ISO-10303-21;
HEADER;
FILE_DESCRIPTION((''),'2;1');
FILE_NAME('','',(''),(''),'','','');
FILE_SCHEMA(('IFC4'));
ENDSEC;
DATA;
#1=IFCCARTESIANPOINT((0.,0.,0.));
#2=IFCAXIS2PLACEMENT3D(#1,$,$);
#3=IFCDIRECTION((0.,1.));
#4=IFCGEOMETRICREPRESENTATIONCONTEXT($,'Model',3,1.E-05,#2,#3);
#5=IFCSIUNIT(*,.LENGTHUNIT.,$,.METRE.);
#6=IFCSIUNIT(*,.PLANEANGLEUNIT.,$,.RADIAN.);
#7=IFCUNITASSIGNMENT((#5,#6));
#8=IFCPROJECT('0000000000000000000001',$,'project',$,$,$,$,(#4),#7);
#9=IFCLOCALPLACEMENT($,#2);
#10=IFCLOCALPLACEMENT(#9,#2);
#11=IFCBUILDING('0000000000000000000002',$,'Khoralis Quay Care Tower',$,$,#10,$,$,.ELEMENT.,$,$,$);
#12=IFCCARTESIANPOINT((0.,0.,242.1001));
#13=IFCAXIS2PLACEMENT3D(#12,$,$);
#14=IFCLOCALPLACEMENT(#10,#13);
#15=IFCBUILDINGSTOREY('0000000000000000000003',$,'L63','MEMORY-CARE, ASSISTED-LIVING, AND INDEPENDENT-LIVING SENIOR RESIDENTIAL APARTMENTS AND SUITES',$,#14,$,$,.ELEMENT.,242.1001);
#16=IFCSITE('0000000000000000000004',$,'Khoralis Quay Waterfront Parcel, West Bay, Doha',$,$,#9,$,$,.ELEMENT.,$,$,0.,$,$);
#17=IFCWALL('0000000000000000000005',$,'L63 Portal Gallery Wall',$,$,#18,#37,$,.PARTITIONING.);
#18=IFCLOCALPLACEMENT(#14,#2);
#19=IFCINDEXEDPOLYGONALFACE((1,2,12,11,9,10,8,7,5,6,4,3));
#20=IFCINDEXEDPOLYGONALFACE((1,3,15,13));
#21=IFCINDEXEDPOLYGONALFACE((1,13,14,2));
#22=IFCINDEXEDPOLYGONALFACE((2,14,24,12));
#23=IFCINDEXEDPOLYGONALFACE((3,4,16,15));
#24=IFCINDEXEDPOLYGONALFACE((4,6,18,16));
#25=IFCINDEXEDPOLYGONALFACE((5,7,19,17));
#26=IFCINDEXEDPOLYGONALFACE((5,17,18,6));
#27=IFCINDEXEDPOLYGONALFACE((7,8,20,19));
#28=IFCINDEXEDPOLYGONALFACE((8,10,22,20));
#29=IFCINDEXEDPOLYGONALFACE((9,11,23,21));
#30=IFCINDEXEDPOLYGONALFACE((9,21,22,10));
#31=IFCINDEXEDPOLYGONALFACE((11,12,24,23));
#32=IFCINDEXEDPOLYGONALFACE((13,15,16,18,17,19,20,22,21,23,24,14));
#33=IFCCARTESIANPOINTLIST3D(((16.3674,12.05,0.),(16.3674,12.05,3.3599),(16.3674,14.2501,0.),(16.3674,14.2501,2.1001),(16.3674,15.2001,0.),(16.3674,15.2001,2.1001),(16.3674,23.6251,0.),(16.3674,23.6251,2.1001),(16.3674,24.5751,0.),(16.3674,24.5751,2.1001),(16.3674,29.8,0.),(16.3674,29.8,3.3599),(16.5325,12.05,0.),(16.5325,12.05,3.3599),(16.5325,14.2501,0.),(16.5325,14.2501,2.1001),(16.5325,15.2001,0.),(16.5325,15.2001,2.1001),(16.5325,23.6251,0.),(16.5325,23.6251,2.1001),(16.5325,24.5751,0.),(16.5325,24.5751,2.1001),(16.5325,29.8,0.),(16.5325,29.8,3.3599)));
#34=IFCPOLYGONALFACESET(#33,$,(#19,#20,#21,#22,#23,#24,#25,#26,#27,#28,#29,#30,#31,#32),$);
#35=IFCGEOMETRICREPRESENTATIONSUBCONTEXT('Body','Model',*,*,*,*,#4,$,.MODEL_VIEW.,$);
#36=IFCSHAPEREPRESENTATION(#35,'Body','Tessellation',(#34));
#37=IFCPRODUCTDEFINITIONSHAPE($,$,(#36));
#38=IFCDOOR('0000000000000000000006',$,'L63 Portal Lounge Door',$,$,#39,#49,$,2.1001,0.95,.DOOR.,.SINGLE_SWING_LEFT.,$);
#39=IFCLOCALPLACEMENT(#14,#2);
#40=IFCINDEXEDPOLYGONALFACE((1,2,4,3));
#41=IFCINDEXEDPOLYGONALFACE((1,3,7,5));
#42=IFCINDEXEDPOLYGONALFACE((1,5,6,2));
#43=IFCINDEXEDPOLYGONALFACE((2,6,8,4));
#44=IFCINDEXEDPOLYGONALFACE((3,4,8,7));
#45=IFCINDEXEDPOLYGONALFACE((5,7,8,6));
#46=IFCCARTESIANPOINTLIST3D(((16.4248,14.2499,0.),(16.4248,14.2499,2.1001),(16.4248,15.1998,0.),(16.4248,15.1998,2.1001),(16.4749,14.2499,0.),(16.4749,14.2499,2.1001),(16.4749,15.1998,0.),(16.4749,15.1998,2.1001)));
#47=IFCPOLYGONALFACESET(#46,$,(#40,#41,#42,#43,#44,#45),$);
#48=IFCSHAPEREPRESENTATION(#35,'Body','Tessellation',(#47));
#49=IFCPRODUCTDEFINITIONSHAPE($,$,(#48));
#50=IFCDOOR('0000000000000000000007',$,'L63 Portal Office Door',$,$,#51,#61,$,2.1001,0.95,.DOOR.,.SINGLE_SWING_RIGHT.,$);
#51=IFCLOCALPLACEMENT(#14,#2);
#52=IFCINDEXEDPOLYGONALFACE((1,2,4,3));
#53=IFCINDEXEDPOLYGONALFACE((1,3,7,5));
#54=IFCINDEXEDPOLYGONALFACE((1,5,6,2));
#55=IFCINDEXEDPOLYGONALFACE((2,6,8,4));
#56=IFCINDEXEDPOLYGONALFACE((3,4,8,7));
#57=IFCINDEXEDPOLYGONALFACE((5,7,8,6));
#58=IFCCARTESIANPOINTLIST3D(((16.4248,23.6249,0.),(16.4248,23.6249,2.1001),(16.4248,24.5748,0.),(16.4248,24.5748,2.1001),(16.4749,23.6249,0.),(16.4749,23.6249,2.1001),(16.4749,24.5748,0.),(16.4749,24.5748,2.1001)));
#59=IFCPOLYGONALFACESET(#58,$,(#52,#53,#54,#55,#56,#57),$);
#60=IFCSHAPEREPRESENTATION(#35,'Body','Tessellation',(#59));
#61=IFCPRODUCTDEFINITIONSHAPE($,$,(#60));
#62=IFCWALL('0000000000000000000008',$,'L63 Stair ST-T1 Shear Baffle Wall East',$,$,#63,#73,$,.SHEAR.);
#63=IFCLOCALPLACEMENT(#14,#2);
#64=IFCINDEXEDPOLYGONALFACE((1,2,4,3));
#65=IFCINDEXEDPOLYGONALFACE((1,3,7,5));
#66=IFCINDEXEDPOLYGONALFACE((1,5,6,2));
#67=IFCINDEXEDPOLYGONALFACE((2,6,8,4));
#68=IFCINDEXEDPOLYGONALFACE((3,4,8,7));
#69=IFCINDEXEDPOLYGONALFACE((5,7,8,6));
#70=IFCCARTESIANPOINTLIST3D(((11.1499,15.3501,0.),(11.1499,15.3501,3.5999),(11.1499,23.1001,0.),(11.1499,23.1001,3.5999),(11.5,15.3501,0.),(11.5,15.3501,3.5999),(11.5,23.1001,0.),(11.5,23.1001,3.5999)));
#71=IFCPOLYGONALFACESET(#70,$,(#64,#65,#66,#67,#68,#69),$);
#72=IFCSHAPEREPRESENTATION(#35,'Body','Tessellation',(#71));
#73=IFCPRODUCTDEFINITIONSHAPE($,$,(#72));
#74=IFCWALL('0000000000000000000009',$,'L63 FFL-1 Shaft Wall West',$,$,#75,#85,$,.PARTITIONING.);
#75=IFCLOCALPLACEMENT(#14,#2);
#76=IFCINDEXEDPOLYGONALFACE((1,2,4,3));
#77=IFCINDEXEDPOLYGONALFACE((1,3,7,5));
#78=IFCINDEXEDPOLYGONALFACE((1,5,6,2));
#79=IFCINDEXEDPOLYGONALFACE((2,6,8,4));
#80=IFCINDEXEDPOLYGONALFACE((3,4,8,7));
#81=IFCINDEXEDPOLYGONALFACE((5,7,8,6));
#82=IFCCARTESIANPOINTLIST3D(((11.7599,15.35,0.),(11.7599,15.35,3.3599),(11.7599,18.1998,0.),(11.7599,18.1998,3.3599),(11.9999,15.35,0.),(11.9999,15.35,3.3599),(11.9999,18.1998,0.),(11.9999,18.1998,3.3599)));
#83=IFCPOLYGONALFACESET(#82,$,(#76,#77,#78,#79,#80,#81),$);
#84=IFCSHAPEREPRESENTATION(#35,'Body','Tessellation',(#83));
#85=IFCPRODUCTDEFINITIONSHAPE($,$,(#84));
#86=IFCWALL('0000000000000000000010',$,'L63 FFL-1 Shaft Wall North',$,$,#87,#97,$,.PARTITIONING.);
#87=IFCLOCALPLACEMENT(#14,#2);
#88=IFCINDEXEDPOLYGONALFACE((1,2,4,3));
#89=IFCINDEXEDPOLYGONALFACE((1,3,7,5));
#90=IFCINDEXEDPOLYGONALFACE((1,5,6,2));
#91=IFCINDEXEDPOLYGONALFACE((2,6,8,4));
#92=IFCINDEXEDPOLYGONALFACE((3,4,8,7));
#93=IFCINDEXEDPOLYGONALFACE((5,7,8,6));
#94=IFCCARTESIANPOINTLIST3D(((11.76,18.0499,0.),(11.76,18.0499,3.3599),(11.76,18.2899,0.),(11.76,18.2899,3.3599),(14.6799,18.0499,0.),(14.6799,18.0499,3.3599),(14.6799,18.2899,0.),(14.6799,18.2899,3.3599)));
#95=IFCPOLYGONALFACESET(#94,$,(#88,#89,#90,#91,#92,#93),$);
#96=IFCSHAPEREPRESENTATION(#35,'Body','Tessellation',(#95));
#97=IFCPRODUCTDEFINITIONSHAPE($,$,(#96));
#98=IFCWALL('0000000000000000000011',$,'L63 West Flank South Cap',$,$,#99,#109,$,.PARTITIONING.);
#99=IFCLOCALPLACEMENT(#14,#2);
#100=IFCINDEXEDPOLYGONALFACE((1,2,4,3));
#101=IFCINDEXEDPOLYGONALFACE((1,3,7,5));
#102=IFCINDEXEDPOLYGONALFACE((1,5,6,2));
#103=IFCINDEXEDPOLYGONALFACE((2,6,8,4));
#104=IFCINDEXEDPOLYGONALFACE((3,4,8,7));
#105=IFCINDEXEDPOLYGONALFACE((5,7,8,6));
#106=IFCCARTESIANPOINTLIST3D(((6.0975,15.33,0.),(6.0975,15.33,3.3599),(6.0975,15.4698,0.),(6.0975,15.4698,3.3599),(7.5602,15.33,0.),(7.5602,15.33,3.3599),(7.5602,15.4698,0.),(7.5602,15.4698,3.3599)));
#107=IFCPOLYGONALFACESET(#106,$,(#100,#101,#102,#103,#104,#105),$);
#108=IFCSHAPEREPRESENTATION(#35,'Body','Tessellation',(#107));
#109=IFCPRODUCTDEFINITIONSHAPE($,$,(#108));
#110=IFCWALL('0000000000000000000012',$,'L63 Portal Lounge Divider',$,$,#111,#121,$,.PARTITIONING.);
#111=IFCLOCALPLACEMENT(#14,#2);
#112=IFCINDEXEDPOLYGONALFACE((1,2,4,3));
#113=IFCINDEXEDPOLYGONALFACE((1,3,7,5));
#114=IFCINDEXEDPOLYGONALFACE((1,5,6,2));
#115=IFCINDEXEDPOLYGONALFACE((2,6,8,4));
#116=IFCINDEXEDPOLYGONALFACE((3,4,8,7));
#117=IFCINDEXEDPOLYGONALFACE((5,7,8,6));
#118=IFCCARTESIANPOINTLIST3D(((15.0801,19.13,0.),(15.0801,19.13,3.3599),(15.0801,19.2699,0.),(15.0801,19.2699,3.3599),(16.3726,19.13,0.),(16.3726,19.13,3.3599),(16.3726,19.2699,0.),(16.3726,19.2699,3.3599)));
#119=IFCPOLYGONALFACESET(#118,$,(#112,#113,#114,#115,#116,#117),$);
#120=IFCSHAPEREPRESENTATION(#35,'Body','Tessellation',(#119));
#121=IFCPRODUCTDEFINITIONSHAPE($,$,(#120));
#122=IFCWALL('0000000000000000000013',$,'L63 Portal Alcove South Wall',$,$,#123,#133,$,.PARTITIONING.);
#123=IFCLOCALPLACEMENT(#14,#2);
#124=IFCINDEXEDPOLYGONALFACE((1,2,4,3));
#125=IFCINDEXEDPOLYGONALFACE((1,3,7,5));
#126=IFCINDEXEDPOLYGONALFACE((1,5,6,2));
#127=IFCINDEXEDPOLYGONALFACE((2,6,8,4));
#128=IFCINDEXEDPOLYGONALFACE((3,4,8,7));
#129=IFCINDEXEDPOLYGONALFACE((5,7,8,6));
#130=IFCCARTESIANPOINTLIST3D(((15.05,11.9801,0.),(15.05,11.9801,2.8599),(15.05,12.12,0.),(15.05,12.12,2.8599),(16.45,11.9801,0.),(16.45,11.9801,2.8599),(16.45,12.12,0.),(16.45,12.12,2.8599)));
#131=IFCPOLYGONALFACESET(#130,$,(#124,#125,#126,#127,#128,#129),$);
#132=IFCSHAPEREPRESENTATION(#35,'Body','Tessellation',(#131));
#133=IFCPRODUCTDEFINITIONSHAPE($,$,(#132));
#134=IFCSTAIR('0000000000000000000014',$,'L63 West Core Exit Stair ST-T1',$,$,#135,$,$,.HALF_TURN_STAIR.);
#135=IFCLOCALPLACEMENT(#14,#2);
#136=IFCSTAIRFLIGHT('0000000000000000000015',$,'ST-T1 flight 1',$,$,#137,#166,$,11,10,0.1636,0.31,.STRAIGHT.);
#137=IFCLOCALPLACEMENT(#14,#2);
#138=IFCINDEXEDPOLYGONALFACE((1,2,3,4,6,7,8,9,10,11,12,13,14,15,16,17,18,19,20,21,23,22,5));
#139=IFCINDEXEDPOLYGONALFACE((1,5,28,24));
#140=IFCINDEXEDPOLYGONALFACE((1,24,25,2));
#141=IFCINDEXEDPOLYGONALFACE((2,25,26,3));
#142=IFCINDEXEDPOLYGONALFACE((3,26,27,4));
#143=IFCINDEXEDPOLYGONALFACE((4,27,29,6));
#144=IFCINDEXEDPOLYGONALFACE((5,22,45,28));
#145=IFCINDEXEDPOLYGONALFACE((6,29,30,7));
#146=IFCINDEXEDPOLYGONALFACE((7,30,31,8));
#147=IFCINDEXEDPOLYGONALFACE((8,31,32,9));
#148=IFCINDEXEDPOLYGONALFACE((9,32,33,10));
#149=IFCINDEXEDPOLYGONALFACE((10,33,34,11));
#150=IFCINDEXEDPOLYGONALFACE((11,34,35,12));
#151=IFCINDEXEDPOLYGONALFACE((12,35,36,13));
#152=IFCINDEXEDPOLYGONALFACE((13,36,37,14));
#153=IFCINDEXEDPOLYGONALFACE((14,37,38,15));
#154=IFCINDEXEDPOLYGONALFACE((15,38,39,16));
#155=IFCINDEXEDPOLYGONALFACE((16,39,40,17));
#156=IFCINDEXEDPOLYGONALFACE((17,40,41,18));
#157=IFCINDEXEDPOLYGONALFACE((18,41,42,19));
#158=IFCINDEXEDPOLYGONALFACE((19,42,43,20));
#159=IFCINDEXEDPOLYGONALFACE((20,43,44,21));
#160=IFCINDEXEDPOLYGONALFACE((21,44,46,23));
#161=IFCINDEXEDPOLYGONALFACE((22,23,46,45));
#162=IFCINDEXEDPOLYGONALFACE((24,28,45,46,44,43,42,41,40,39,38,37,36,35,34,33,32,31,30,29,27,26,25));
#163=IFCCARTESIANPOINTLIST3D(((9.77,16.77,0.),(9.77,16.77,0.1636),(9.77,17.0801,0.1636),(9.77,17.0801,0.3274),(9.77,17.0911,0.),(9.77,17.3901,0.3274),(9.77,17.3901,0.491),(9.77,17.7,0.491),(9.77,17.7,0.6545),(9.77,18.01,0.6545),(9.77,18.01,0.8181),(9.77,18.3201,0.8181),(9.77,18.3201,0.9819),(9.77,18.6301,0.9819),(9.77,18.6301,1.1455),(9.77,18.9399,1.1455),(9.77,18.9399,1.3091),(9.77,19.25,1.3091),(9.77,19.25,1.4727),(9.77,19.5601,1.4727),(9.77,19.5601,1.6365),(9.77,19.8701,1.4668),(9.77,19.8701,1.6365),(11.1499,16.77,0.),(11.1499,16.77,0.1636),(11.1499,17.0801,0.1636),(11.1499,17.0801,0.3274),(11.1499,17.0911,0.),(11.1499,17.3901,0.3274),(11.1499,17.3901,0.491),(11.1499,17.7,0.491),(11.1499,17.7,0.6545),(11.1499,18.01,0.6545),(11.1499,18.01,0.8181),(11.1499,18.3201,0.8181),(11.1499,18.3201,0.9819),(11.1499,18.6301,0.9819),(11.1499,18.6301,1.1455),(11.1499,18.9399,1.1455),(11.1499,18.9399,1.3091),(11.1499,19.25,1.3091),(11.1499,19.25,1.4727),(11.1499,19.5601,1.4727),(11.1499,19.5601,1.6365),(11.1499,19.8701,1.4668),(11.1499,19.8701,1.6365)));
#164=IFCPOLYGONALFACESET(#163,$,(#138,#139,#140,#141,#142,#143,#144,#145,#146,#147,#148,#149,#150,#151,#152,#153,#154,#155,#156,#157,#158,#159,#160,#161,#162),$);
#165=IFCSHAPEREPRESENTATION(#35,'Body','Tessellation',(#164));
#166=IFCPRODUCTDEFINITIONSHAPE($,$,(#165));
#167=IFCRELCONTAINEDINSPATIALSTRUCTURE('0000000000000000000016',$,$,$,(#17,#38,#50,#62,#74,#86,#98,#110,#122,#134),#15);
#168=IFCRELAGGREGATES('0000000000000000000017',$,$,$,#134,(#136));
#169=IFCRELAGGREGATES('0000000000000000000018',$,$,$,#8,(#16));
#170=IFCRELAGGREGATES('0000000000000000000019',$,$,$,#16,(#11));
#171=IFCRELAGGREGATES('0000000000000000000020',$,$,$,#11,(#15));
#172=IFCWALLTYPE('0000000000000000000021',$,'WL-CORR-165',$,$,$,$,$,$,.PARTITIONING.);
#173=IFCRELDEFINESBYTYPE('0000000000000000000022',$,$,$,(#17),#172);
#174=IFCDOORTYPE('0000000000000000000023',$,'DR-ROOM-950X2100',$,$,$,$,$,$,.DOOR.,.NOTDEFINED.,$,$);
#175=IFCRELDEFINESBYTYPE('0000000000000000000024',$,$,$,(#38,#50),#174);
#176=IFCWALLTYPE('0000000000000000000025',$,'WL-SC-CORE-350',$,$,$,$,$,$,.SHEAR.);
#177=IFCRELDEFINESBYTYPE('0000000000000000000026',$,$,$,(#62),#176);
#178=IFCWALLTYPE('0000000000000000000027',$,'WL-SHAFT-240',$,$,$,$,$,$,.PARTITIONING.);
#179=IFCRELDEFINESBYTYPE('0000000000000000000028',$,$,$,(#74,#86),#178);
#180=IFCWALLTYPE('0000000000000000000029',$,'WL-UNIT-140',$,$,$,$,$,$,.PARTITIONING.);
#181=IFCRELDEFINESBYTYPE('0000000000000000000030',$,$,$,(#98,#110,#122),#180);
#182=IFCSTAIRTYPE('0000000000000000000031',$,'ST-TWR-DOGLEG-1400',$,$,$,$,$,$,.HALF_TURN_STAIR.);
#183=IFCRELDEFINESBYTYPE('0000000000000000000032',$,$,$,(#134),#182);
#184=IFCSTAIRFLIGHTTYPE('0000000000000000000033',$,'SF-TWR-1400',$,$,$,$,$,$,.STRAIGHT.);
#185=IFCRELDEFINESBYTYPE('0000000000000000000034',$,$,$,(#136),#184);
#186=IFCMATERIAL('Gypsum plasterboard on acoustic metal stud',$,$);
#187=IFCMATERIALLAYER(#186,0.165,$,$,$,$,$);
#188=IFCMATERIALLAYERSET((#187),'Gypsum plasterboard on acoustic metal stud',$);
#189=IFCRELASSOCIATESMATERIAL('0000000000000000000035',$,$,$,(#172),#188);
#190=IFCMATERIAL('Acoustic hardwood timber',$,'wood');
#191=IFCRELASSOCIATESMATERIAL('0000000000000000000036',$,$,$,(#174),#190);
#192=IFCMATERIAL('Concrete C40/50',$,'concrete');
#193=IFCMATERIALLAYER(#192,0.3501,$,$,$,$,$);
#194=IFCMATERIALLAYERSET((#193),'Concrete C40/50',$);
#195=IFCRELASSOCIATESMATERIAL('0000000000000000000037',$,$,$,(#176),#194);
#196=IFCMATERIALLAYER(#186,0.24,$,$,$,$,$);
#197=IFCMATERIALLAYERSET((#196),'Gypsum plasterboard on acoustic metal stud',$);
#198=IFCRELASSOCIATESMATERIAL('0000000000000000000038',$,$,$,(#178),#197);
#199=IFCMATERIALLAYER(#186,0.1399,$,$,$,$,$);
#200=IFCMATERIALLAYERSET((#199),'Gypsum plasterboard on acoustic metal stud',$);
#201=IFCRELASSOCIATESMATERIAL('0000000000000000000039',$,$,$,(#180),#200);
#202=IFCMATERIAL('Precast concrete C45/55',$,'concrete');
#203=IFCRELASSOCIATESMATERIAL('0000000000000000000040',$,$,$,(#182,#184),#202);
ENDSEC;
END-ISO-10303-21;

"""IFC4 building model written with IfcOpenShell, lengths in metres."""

from ifc_helpers import new_model, si_unit, direction, frame, frame_2d, origin, place, context, subcontext, project, spatial, polyline, rectangle, outline, extrude, source, transform, mapped, material, layer, layer_set, type_object, element, fill, aggregate, save


model = new_model("IFC4")

# Units and contexts
model_context = context("Model", 3, precision=1e-05, world=origin(), true_north=direction((0.0, 1.0)))
body_context = subcontext(model_context, "Body", "Model", "MODEL_VIEW")
ifc_project = project(units=[si_unit("LENGTHUNIT", "METRE"), si_unit("PLANEANGLEUNIT", "RADIAN")], contexts=[model_context])

# Site, building, storey
site_placement = place(None, origin())
site = spatial("IfcSite", under=ifc_project, at=site_placement, Name="Khoralis Quay Waterfront Parcel, West Bay, Doha", CompositionType="ELEMENT", RefElevation=0.0)
building_placement = place(site_placement, origin())
building = spatial("IfcBuilding", under=site, at=building_placement, Name="Khoralis Quay Care Tower", CompositionType="ELEMENT")
storey_placement = place(building_placement, frame((0.0, 0.0, 242.1001)))
storey = spatial("IfcBuildingStorey", under=building, at=storey_placement, Name="L63", Description="MEMORY-CARE, ASSISTED-LIVING, AND INDEPENDENT-LIVING SENIOR RESIDENTIAL APARTMENTS AND SUITES", CompositionType="ELEMENT", Elevation=242.1001)

# Wall, openings, doors
ifc_material_1 = material(Name="Gypsum plasterboard on acoustic metal stud")
ifc_layer_1 = layer(ifc_material_1, 0.165)
ifc_layer_set_1 = layer_set([ifc_layer_1], Name="Gypsum plasterboard on acoustic metal stud")
wall_type_1 = type_object("IfcWallType", Name="WL-CORR-165", PredefinedType="PARTITIONING", material=ifc_layer_set_1)
wall_1_placement = place(storey_placement, frame((16.45, 12.05, 0.0), z_axis=(0.0, 0.0, 1.0), x_axis=(0.0, 1.0, 0.0)))
wall_1 = element("IfcWall", 1, at=wall_1_placement, inside=storey, type_object=wall_type_1, Name="L63 Portal Gallery Wall", PredefinedType="PARTITIONING", context=body_context, shape_type="SweptSolid", body=[
    extrude(rectangle(XDim=17.75, YDim=0.165, at=frame_2d((8.875, 0.0))), origin(), (0.0, 0.0, 1.0), 3.3599),
])
opening_1_placement = place(wall_1_placement, frame((2.2, 0.0, 0.0)))
opening_1 = element("IfcOpeningElement", 2, at=opening_1_placement, cuts=wall_1, PredefinedType="OPENING", context=body_context, shape_type="SweptSolid", body=[
    extrude(rectangle(XDim=0.95, YDim=2.1001, at=frame_2d((0.4751, 1.05))), frame((0.0, 0.0925, 0.0), z_axis=(0.0, -1.0, 0.0), x_axis=(1.0, 0.0, 0.0)), (0.0, 0.0, 1.0), 0.1851),
])
opening_2_placement = place(wall_1_placement, frame((11.575, 0.0, 0.0)))
opening_2 = element("IfcOpeningElement", 3, at=opening_2_placement, cuts=wall_1, PredefinedType="OPENING", context=body_context, shape_type="SweptSolid", body=[
    extrude(rectangle(XDim=0.95, YDim=2.1001, at=frame_2d((0.4751, 1.05))), frame((0.0, 0.0925, 0.0), z_axis=(0.0, -1.0, 0.0), x_axis=(1.0, 0.0, 0.0)), (0.0, 0.0, 1.0), 0.1851),
])
ifc_material_2 = material(Name="Acoustic hardwood timber", Category="wood")
door_type_1 = type_object("IfcDoorType", Name="DR-ROOM-950X2100", OperationType="NOTDEFINED", PredefinedType="DOOR", material=ifc_material_2)
shared_shape_1 = source(origin(), body_context, "Body", "SweptSolid", [
    extrude(rectangle(XDim=0.95, YDim=2.1001, at=frame_2d((0.4751, 1.05))), frame((0.0, 0.0249, 0.0), z_axis=(0.0, -1.0, 0.0), x_axis=(1.0, 0.0, 0.0)), (0.0, 0.0, 1.0), 0.05),
])
door_1_placement = place(opening_1_placement, frame((0.95, 0.0, 0.0), z_axis=(0.0, 0.0, 1.0), x_axis=(-1.0, 0.0, 0.0)))
door_1 = element("IfcDoor", 4, at=door_1_placement, inside=storey, type_object=door_type_1, Name="L63 Portal Lounge Door", OperationType="SINGLE_SWING_LEFT", OverallHeight=2.1001, OverallWidth=0.95, PredefinedType="DOOR", context=body_context, shape_type="MappedRepresentation", body=[
    mapped(shared_shape_1, transform((0.0, 0.0, 0.0), scale=1.0)),
])
fill(opening_1, door_1)
door_2_placement = place(opening_2_placement, frame((0.95, 0.0, 0.0), z_axis=(0.0, 0.0, 1.0), x_axis=(-1.0, 0.0, 0.0)))
door_2 = element("IfcDoor", 5, at=door_2_placement, inside=storey, type_object=door_type_1, Name="L63 Portal Office Door", OperationType="SINGLE_SWING_RIGHT", OverallHeight=2.1001, OverallWidth=0.95, PredefinedType="DOOR", context=body_context, shape_type="MappedRepresentation", body=[
    mapped(shared_shape_1, transform((0.0, 0.0, 0.0), scale=1.0)),
])
fill(opening_2, door_2)

# Walls
ifc_material_3 = material(Name="Concrete C40/50", Category="concrete")
ifc_layer_2 = layer(ifc_material_3, 0.3501)
ifc_layer_set_2 = layer_set([ifc_layer_2], Name="Concrete C40/50")
wall_type_2 = type_object("IfcWallType", Name="WL-SC-CORE-350", PredefinedType="SHEAR", material=ifc_layer_set_2)
wall_2_placement = place(storey_placement, frame((11.325, 15.3501, 0.0), z_axis=(0.0, 0.0, 1.0), x_axis=(0.0, 1.0, 0.0)))
element("IfcWall", 6, at=wall_2_placement, inside=storey, type_object=wall_type_2, Name="L63 Stair ST-T1 Shear Baffle Wall East", PredefinedType="SHEAR", context=body_context, shape_type="SweptSolid", body=[
    extrude(rectangle(XDim=7.75, YDim=0.3501, at=frame_2d((3.875, 0.0))), origin(), (0.0, 0.0, 1.0), 3.5999),
])
ifc_layer_3 = layer(ifc_material_1, 0.24)
ifc_layer_set_3 = layer_set([ifc_layer_3], Name="Gypsum plasterboard on acoustic metal stud")
wall_type_3 = type_object("IfcWallType", Name="WL-SHAFT-240", PredefinedType="PARTITIONING", material=ifc_layer_set_3)
wall_3_placement = place(storey_placement, frame((11.8799, 15.3501, 0.0), z_axis=(0.0, 0.0, 1.0), x_axis=(0.0, 1.0, 0.0)))
element("IfcWall", 7, at=wall_3_placement, inside=storey, type_object=wall_type_3, Name="L63 FFL-1 Shaft Wall West", PredefinedType="PARTITIONING", context=body_context, shape_type="SweptSolid", body=[
    extrude(rectangle(XDim=2.8499, YDim=0.24, at=frame_2d((1.4248, 0.0))), origin(), (0.0, 0.0, 1.0), 3.3599),
])
wall_4_placement = place(storey_placement, frame((11.76, 18.1699, 0.0), z_axis=(0.0, 0.0, 1.0), x_axis=(1.0, 0.0, 0.0)))
element("IfcWall", 8, at=wall_4_placement, inside=storey, type_object=wall_type_3, Name="L63 FFL-1 Shaft Wall North", PredefinedType="PARTITIONING", context=body_context, shape_type="SweptSolid", body=[
    extrude(rectangle(XDim=2.9199, YDim=0.24, at=frame_2d((1.46, 0.0))), origin(), (0.0, 0.0, 1.0), 3.3599),
])
ifc_layer_4 = layer(ifc_material_1, 0.1399)
ifc_layer_set_4 = layer_set([ifc_layer_4], Name="Gypsum plasterboard on acoustic metal stud")
wall_type_4 = type_object("IfcWallType", Name="WL-UNIT-140", PredefinedType="PARTITIONING", material=ifc_layer_set_4)
wall_5_placement = place(storey_placement, frame((6.0974, 15.3999, 0.0), z_axis=(0.0, 0.0, 1.0), x_axis=(1.0, 0.0, 0.0)))
element("IfcWall", 9, at=wall_5_placement, inside=storey, type_object=wall_type_4, Name="L63 West Flank South Cap", PredefinedType="PARTITIONING", context=body_context, shape_type="SweptSolid", body=[
    extrude(rectangle(XDim=1.4626, YDim=0.1399, at=frame_2d((0.7314, 0.0))), origin(), (0.0, 0.0, 1.0), 3.3599),
])
wall_6_placement = place(storey_placement, frame((15.0801, 19.2, 0.0), z_axis=(0.0, 0.0, 1.0), x_axis=(1.0, 0.0, 0.0)))
element("IfcWall", 10, at=wall_6_placement, inside=storey, type_object=wall_type_4, Name="L63 Portal Lounge Divider", PredefinedType="PARTITIONING", context=body_context, shape_type="SweptSolid", body=[
    extrude(rectangle(XDim=1.2925, YDim=0.1399, at=frame_2d((0.6462, 0.0))), origin(), (0.0, 0.0, 1.0), 3.3599),
])
wall_7_placement = place(storey_placement, frame((15.05, 12.05, 0.0), z_axis=(0.0, 0.0, 1.0), x_axis=(1.0, 0.0, 0.0)))
element("IfcWall", 11, at=wall_7_placement, inside=storey, type_object=wall_type_4, Name="L63 Portal Alcove South Wall", PredefinedType="PARTITIONING", context=body_context, shape_type="SweptSolid", body=[
    extrude(rectangle(XDim=1.3999, YDim=0.1399, at=frame_2d((0.7, 0.0))), origin(), (0.0, 0.0, 1.0), 2.8599),
])

# Stair, stair flight
ifc_material_4 = material(Name="Precast concrete C45/55", Category="concrete")
stair_type = type_object("IfcStairType", Name="ST-TWR-DOGLEG-1400", PredefinedType="HALF_TURN_STAIR", material=ifc_material_4)
stair_placement = place(storey_placement, origin())
stair = element("IfcStair", 12, at=stair_placement, inside=storey, type_object=stair_type, Name="L63 West Core Exit Stair ST-T1", PredefinedType="HALF_TURN_STAIR")
stair_flight_type = type_object("IfcStairFlightType", Name="SF-TWR-1400", PredefinedType="STRAIGHT", material=ifc_material_4)
shared_shape_2 = source(origin(), body_context, "Body", "SweptSolid", [
    extrude(outline(polyline([(0.0, 0.0), (0.0, 0.1636), (0.3101, 0.1636), (0.3101, 0.3274), (0.6201, 0.3274), (0.6201, 0.491), (0.9299, 0.491), (0.9299, 0.6545), (1.24, 0.6545), (1.24, 0.8181), (1.55, 0.8181), (1.55, 0.9819), (1.8601, 0.9819), (1.8601, 1.1455), (2.1699, 1.1455), (2.1699, 1.3091), (2.48, 1.3091), (2.48, 1.4727), (2.79, 1.4727), (2.79, 1.6365), (3.1001, 1.6365), (3.1001, 1.8), (3.1001, 1.4668), (0.321, 0.0), (0.0, 0.0)])), frame((0.0, 0.6899, 0.0), z_axis=(0.0, -1.0, 0.0), x_axis=(1.0, 0.0, 0.0)), (0.0, 0.0, 1.0), 1.3799),
])
stair_flight_1_placement = place(storey_placement, frame((10.46, 16.77, 0.0), z_axis=(0.0, 0.0, 1.0), x_axis=(0.0, 1.0, 0.0)))
stair_flight_1 = element("IfcStairFlight", 13, at=stair_flight_1_placement, type_object=stair_flight_type, Name="ST-T1 flight 1", NumberOfRisers=11, NumberOfTreads=10, PredefinedType="STRAIGHT", RiserHeight=0.1636, TreadLength=0.31, context=body_context, shape_type="MappedRepresentation", body=[
    mapped(shared_shape_2, transform((0.0, 0.0, 0.0), scale=1.0)),
])
aggregate(stair, [stair_flight_1])

save(model, "model.ifc")
